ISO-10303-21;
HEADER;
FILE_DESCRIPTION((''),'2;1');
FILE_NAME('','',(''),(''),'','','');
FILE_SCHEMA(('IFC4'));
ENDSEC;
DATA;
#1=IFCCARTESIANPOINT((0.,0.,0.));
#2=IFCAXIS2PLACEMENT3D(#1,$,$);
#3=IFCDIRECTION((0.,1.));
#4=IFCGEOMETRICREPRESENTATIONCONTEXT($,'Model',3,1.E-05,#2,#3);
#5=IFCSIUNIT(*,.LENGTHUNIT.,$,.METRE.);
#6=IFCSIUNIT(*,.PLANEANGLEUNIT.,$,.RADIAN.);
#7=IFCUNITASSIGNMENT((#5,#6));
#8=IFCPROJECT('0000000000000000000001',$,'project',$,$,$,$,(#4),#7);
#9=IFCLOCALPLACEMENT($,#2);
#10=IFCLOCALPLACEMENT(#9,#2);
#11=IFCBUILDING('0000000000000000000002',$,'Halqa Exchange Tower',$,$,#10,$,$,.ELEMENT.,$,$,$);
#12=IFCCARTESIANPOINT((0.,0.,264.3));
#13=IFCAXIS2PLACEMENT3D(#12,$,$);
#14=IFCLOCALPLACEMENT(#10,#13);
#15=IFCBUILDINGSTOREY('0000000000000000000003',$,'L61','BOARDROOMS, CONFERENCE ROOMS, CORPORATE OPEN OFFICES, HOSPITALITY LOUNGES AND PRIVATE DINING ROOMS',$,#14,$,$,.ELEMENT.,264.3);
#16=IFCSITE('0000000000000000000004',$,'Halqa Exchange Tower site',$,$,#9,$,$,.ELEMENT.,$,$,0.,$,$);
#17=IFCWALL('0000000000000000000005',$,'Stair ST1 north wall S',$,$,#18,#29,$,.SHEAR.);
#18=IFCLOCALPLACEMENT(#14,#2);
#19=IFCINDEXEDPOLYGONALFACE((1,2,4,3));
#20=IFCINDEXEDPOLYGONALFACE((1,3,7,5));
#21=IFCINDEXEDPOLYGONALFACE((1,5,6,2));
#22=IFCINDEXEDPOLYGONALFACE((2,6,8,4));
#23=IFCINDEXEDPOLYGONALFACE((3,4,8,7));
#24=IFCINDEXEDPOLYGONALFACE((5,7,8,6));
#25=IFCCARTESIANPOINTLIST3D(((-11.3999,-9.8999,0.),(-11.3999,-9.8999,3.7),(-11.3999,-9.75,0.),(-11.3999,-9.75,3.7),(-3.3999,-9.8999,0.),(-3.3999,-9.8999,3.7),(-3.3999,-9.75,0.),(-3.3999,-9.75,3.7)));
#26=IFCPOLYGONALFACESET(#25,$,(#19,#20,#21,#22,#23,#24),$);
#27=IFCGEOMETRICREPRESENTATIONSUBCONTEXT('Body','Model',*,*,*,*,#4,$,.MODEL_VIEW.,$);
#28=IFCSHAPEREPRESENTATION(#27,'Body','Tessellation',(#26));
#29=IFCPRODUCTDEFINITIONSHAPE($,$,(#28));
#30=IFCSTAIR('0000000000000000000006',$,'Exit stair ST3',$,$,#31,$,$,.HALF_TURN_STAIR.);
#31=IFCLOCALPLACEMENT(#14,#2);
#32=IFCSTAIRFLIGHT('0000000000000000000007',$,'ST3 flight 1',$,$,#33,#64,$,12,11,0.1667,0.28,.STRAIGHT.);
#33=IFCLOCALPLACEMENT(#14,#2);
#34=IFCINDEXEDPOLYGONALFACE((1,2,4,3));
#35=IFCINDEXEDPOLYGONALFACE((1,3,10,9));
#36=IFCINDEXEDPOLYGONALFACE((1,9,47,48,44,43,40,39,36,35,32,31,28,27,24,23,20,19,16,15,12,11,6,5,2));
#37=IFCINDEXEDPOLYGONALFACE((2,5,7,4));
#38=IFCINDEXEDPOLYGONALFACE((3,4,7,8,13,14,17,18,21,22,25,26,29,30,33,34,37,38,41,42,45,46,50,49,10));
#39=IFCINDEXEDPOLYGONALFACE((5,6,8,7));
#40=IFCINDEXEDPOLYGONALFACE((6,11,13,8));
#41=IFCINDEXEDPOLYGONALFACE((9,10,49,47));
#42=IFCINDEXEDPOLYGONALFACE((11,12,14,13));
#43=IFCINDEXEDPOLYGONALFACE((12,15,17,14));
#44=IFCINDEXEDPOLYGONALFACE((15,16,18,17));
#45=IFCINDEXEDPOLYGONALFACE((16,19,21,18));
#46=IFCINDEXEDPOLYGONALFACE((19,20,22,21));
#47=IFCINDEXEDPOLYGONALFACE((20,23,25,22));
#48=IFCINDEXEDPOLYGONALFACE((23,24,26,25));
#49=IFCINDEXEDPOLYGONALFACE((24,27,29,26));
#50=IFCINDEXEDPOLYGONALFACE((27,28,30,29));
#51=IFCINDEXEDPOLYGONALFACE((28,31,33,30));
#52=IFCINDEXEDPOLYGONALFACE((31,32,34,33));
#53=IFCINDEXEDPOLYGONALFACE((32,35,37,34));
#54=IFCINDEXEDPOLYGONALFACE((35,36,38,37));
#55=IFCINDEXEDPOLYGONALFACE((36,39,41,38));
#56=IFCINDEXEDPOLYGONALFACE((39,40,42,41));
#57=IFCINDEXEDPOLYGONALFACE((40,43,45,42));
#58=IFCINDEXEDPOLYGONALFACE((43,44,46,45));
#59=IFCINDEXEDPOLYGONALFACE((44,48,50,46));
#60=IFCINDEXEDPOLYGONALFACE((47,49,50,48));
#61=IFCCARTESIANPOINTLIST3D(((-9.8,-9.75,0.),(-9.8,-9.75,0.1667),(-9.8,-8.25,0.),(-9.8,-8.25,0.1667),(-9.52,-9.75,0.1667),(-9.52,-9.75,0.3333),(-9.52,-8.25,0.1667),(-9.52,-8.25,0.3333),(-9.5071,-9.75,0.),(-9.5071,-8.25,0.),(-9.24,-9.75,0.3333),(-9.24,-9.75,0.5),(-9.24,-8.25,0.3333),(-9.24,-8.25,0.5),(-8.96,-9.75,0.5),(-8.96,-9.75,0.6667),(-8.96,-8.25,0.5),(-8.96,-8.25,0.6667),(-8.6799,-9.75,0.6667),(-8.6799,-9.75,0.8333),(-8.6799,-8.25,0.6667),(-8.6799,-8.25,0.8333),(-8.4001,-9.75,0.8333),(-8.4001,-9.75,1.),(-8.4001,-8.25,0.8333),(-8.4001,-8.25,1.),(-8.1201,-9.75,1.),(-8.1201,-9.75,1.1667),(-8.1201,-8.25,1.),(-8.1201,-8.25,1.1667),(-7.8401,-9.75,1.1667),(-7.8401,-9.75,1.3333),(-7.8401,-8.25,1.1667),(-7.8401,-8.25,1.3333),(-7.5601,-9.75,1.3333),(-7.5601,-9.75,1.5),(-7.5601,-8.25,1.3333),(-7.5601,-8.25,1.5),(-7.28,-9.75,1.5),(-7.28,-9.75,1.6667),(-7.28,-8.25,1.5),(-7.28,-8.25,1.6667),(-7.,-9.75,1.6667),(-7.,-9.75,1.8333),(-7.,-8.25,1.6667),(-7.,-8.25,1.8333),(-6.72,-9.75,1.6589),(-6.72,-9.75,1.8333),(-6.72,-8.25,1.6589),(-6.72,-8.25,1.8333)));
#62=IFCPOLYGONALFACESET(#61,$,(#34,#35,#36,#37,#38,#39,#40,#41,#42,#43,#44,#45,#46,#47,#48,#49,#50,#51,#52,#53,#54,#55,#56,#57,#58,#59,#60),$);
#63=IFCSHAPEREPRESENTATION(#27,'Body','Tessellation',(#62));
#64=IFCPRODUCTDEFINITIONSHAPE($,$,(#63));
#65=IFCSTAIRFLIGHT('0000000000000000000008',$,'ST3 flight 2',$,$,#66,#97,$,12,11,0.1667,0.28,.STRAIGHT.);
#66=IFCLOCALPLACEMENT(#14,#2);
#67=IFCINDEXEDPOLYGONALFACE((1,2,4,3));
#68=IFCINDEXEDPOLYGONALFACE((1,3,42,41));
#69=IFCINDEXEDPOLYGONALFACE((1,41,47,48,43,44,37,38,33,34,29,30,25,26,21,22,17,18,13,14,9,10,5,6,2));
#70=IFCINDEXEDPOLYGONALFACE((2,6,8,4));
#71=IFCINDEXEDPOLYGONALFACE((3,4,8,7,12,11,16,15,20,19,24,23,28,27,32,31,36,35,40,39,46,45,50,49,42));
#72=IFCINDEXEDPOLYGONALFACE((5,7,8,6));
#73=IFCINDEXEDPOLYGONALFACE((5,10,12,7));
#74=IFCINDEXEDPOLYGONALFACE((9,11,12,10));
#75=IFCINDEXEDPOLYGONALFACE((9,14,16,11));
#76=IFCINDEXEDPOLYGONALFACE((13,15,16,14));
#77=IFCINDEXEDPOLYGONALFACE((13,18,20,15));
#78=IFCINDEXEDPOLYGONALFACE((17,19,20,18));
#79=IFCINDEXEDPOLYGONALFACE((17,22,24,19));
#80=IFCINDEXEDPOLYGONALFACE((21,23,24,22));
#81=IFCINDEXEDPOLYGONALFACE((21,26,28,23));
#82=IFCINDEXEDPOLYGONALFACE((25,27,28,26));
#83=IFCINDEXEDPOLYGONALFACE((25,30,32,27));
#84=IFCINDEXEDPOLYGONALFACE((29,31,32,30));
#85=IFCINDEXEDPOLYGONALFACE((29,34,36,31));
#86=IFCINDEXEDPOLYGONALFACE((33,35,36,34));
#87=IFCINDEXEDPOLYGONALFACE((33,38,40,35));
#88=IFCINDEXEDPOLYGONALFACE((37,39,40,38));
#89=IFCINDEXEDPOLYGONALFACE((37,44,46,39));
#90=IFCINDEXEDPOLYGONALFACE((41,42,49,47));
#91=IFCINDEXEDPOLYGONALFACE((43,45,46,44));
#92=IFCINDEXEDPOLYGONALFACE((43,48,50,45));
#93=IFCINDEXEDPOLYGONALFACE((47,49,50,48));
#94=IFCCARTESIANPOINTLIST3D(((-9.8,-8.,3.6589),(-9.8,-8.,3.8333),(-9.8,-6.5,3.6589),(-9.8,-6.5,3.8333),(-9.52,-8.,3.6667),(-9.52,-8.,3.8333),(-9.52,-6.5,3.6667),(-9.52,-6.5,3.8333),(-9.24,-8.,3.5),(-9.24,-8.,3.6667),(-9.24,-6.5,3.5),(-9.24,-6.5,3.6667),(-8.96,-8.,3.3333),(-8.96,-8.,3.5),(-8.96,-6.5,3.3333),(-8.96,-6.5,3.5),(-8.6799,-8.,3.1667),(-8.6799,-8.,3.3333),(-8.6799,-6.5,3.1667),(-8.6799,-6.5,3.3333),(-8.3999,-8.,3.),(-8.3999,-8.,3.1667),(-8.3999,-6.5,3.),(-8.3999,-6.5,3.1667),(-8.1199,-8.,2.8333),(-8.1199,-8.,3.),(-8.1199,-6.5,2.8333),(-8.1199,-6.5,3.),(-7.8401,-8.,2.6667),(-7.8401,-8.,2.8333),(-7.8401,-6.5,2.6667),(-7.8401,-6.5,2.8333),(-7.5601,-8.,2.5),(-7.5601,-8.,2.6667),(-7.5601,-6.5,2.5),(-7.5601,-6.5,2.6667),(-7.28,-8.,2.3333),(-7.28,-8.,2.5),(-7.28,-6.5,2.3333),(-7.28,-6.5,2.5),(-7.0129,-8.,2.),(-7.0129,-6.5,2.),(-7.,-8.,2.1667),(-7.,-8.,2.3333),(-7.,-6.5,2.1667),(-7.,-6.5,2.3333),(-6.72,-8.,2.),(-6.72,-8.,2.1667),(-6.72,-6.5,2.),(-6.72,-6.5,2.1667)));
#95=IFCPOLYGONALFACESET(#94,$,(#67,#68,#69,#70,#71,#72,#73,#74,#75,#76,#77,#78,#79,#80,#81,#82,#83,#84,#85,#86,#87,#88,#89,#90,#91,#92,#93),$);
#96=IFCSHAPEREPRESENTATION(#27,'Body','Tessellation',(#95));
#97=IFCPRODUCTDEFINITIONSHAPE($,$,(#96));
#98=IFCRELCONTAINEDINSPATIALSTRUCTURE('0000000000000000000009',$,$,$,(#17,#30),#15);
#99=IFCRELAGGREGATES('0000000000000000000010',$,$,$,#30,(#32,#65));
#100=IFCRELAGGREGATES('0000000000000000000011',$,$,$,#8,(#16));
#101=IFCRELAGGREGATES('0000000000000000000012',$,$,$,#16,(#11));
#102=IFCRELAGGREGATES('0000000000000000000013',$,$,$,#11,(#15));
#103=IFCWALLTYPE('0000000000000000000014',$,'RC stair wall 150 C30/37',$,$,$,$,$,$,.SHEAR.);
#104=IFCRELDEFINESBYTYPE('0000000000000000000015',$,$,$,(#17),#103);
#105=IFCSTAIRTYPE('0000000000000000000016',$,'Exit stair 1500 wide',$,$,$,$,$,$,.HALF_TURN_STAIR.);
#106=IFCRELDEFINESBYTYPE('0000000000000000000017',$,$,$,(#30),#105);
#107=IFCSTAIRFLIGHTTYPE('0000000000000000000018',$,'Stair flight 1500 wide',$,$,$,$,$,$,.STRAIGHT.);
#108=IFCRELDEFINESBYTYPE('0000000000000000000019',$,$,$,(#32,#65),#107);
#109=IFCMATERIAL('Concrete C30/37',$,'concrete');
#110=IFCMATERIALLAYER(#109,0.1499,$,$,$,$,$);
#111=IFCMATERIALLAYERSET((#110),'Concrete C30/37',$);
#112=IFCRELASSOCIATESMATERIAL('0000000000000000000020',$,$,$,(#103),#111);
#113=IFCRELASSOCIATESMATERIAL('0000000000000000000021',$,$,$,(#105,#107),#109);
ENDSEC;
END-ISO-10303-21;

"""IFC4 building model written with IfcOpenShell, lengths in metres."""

from ifc_helpers import new_model, si_unit, direction, frame, frame_2d, origin, place, context, subcontext, project, spatial, polyline, rectangle, outline, extrude, material, layer, layer_set, type_object, element, aggregate, save


model = new_model("IFC4")

# Units and contexts
model_context = context("Model", 3, precision=1e-05, world=origin(), true_north=direction((0.0, 1.0)))
body_context = subcontext(model_context, "Body", "Model", "MODEL_VIEW")
ifc_project = project(units=[si_unit("LENGTHUNIT", "METRE"), si_unit("PLANEANGLEUNIT", "RADIAN")], contexts=[model_context])

# Site, building, storey
site_placement = place(None, origin())
site = spatial("IfcSite", under=ifc_project, at=site_placement, Name="Halqa Exchange Tower site", CompositionType="ELEMENT", RefElevation=0.0)
building_placement = place(site_placement, origin())
building = spatial("IfcBuilding", under=site, at=building_placement, Name="Halqa Exchange Tower", CompositionType="ELEMENT")
storey_placement = place(building_placement, frame((0.0, 0.0, 264.3)))
storey = spatial("IfcBuildingStorey", under=building, at=storey_placement, Name="L61", Description="BOARDROOMS, CONFERENCE ROOMS, CORPORATE OPEN OFFICES, HOSPITALITY LOUNGES AND PRIVATE DINING ROOMS", CompositionType="ELEMENT", Elevation=264.3)

# Wall
ifc_material_1 = material(Name="Concrete C30/37", Category="concrete")
ifc_layer_1 = layer(ifc_material_1, 0.1499)
ifc_layer_set_1 = layer_set([ifc_layer_1], Name="Concrete C30/37")
wall_type_1 = type_object("IfcWallType", Name="RC stair wall 150 C30/37", PredefinedType="SHEAR", material=ifc_layer_set_1)
wall_1_placement = place(storey_placement, frame((-11.3999, -9.825, 0.0), z_axis=(0.0, 0.0, 1.0), x_axis=(1.0, 0.0, 0.0)))
element("IfcWall", 1, at=wall_1_placement, inside=storey, type_object=wall_type_1, Name="Stair ST1 north wall S", PredefinedType="SHEAR", context=body_context, shape_type="SweptSolid", body=[
    extrude(rectangle(XDim=8.0, YDim=0.1499, at=frame_2d((4.0, 0.0))), origin(), (0.0, 0.0, 1.0), 3.7),
])

# Stair, stair flights
stair_type = type_object("IfcStairType", Name="Exit stair 1500 wide", PredefinedType="HALF_TURN_STAIR", material=ifc_material_1)
stair_placement = place(storey_placement, origin())
stair = element("IfcStair", 2, at=stair_placement, inside=storey, type_object=stair_type, Name="Exit stair ST3", PredefinedType="HALF_TURN_STAIR")
stair_flight_type = type_object("IfcStairFlightType", Name="Stair flight 1500 wide", PredefinedType="STRAIGHT", material=ifc_material_1)
stair_flight_1_placement = place(storey_placement, frame((-9.8, -9.0, 0.0), z_axis=(0.0, 0.0, 1.0), x_axis=(1.0, 0.0, 0.0)))
stair_flight_1 = element("IfcStairFlight", 3, at=stair_flight_1_placement, type_object=stair_flight_type, Name="ST3 flight 1", NumberOfRisers=12, NumberOfTreads=11, PredefinedType="STRAIGHT", RiserHeight=0.1667, TreadLength=0.28, context=body_context, shape_type="SweptSolid", body=[
    extrude(outline(polyline([(0.0, 0.0), (0.0, 0.1667), (0.28, 0.1667), (0.28, 0.3333), (0.5601, 0.3333), (0.5601, 0.5), (0.8401, 0.5), (0.8401, 0.6667), (1.1201, 0.6667), (1.1201, 0.8333), (1.3999, 0.8333), (1.3999, 1.0), (1.6799, 1.0), (1.6799, 1.1667), (1.96, 1.1667), (1.96, 1.3333), (2.24, 1.3333), (2.24, 1.5), (2.52, 1.5), (2.52, 1.6667), (2.8, 1.6667), (2.8, 1.8333), (3.0801, 1.8333), (3.0801, 2.0), (3.0801, 1.6589), (0.293, 0.0), (0.0, 0.0)])), frame((0.0, 0.75, 0.0), z_axis=(0.0, -1.0, 0.0), x_axis=(1.0, 0.0, 0.0)), (0.0, 0.0, 1.0), 1.5),
])
stair_flight_2_placement = place(storey_placement, frame((-6.72, -7.25, 2.0), z_axis=(0.0, 0.0, 1.0), x_axis=(-1.0, 0.0, 0.0)))
stair_flight_2 = element("IfcStairFlight", 4, at=stair_flight_2_placement, type_object=stair_flight_type, Name="ST3 flight 2", NumberOfRisers=12, NumberOfTreads=11, PredefinedType="STRAIGHT", RiserHeight=0.1667, TreadLength=0.28, context=body_context, shape_type="SweptSolid", body=[
    extrude(outline(polyline([(0.0, 0.0), (0.0, 0.1667), (0.28, 0.1667), (0.28, 0.3333), (0.5601, 0.3333), (0.5601, 0.5), (0.8401, 0.5), (0.8401, 0.6667), (1.1201, 0.6667), (1.1201, 0.8333), (1.3999, 0.8333), (1.3999, 1.0), (1.6799, 1.0), (1.6799, 1.1667), (1.96, 1.1667), (1.96, 1.3333), (2.24, 1.3333), (2.24, 1.5), (2.52, 1.5), (2.52, 1.6667), (2.8, 1.6667), (2.8, 1.8333), (3.0801, 1.8333), (3.0801, 2.0), (3.0801, 1.6589), (0.293, 0.0), (0.0, 0.0)])), frame((0.0, 0.75, 0.0), z_axis=(0.0, -1.0, 0.0), x_axis=(1.0, 0.0, 0.0)), (0.0, 0.0, 1.0), 1.5),
])
aggregate(stair, [stair_flight_1, stair_flight_2])

save(model, "model.ifc")
